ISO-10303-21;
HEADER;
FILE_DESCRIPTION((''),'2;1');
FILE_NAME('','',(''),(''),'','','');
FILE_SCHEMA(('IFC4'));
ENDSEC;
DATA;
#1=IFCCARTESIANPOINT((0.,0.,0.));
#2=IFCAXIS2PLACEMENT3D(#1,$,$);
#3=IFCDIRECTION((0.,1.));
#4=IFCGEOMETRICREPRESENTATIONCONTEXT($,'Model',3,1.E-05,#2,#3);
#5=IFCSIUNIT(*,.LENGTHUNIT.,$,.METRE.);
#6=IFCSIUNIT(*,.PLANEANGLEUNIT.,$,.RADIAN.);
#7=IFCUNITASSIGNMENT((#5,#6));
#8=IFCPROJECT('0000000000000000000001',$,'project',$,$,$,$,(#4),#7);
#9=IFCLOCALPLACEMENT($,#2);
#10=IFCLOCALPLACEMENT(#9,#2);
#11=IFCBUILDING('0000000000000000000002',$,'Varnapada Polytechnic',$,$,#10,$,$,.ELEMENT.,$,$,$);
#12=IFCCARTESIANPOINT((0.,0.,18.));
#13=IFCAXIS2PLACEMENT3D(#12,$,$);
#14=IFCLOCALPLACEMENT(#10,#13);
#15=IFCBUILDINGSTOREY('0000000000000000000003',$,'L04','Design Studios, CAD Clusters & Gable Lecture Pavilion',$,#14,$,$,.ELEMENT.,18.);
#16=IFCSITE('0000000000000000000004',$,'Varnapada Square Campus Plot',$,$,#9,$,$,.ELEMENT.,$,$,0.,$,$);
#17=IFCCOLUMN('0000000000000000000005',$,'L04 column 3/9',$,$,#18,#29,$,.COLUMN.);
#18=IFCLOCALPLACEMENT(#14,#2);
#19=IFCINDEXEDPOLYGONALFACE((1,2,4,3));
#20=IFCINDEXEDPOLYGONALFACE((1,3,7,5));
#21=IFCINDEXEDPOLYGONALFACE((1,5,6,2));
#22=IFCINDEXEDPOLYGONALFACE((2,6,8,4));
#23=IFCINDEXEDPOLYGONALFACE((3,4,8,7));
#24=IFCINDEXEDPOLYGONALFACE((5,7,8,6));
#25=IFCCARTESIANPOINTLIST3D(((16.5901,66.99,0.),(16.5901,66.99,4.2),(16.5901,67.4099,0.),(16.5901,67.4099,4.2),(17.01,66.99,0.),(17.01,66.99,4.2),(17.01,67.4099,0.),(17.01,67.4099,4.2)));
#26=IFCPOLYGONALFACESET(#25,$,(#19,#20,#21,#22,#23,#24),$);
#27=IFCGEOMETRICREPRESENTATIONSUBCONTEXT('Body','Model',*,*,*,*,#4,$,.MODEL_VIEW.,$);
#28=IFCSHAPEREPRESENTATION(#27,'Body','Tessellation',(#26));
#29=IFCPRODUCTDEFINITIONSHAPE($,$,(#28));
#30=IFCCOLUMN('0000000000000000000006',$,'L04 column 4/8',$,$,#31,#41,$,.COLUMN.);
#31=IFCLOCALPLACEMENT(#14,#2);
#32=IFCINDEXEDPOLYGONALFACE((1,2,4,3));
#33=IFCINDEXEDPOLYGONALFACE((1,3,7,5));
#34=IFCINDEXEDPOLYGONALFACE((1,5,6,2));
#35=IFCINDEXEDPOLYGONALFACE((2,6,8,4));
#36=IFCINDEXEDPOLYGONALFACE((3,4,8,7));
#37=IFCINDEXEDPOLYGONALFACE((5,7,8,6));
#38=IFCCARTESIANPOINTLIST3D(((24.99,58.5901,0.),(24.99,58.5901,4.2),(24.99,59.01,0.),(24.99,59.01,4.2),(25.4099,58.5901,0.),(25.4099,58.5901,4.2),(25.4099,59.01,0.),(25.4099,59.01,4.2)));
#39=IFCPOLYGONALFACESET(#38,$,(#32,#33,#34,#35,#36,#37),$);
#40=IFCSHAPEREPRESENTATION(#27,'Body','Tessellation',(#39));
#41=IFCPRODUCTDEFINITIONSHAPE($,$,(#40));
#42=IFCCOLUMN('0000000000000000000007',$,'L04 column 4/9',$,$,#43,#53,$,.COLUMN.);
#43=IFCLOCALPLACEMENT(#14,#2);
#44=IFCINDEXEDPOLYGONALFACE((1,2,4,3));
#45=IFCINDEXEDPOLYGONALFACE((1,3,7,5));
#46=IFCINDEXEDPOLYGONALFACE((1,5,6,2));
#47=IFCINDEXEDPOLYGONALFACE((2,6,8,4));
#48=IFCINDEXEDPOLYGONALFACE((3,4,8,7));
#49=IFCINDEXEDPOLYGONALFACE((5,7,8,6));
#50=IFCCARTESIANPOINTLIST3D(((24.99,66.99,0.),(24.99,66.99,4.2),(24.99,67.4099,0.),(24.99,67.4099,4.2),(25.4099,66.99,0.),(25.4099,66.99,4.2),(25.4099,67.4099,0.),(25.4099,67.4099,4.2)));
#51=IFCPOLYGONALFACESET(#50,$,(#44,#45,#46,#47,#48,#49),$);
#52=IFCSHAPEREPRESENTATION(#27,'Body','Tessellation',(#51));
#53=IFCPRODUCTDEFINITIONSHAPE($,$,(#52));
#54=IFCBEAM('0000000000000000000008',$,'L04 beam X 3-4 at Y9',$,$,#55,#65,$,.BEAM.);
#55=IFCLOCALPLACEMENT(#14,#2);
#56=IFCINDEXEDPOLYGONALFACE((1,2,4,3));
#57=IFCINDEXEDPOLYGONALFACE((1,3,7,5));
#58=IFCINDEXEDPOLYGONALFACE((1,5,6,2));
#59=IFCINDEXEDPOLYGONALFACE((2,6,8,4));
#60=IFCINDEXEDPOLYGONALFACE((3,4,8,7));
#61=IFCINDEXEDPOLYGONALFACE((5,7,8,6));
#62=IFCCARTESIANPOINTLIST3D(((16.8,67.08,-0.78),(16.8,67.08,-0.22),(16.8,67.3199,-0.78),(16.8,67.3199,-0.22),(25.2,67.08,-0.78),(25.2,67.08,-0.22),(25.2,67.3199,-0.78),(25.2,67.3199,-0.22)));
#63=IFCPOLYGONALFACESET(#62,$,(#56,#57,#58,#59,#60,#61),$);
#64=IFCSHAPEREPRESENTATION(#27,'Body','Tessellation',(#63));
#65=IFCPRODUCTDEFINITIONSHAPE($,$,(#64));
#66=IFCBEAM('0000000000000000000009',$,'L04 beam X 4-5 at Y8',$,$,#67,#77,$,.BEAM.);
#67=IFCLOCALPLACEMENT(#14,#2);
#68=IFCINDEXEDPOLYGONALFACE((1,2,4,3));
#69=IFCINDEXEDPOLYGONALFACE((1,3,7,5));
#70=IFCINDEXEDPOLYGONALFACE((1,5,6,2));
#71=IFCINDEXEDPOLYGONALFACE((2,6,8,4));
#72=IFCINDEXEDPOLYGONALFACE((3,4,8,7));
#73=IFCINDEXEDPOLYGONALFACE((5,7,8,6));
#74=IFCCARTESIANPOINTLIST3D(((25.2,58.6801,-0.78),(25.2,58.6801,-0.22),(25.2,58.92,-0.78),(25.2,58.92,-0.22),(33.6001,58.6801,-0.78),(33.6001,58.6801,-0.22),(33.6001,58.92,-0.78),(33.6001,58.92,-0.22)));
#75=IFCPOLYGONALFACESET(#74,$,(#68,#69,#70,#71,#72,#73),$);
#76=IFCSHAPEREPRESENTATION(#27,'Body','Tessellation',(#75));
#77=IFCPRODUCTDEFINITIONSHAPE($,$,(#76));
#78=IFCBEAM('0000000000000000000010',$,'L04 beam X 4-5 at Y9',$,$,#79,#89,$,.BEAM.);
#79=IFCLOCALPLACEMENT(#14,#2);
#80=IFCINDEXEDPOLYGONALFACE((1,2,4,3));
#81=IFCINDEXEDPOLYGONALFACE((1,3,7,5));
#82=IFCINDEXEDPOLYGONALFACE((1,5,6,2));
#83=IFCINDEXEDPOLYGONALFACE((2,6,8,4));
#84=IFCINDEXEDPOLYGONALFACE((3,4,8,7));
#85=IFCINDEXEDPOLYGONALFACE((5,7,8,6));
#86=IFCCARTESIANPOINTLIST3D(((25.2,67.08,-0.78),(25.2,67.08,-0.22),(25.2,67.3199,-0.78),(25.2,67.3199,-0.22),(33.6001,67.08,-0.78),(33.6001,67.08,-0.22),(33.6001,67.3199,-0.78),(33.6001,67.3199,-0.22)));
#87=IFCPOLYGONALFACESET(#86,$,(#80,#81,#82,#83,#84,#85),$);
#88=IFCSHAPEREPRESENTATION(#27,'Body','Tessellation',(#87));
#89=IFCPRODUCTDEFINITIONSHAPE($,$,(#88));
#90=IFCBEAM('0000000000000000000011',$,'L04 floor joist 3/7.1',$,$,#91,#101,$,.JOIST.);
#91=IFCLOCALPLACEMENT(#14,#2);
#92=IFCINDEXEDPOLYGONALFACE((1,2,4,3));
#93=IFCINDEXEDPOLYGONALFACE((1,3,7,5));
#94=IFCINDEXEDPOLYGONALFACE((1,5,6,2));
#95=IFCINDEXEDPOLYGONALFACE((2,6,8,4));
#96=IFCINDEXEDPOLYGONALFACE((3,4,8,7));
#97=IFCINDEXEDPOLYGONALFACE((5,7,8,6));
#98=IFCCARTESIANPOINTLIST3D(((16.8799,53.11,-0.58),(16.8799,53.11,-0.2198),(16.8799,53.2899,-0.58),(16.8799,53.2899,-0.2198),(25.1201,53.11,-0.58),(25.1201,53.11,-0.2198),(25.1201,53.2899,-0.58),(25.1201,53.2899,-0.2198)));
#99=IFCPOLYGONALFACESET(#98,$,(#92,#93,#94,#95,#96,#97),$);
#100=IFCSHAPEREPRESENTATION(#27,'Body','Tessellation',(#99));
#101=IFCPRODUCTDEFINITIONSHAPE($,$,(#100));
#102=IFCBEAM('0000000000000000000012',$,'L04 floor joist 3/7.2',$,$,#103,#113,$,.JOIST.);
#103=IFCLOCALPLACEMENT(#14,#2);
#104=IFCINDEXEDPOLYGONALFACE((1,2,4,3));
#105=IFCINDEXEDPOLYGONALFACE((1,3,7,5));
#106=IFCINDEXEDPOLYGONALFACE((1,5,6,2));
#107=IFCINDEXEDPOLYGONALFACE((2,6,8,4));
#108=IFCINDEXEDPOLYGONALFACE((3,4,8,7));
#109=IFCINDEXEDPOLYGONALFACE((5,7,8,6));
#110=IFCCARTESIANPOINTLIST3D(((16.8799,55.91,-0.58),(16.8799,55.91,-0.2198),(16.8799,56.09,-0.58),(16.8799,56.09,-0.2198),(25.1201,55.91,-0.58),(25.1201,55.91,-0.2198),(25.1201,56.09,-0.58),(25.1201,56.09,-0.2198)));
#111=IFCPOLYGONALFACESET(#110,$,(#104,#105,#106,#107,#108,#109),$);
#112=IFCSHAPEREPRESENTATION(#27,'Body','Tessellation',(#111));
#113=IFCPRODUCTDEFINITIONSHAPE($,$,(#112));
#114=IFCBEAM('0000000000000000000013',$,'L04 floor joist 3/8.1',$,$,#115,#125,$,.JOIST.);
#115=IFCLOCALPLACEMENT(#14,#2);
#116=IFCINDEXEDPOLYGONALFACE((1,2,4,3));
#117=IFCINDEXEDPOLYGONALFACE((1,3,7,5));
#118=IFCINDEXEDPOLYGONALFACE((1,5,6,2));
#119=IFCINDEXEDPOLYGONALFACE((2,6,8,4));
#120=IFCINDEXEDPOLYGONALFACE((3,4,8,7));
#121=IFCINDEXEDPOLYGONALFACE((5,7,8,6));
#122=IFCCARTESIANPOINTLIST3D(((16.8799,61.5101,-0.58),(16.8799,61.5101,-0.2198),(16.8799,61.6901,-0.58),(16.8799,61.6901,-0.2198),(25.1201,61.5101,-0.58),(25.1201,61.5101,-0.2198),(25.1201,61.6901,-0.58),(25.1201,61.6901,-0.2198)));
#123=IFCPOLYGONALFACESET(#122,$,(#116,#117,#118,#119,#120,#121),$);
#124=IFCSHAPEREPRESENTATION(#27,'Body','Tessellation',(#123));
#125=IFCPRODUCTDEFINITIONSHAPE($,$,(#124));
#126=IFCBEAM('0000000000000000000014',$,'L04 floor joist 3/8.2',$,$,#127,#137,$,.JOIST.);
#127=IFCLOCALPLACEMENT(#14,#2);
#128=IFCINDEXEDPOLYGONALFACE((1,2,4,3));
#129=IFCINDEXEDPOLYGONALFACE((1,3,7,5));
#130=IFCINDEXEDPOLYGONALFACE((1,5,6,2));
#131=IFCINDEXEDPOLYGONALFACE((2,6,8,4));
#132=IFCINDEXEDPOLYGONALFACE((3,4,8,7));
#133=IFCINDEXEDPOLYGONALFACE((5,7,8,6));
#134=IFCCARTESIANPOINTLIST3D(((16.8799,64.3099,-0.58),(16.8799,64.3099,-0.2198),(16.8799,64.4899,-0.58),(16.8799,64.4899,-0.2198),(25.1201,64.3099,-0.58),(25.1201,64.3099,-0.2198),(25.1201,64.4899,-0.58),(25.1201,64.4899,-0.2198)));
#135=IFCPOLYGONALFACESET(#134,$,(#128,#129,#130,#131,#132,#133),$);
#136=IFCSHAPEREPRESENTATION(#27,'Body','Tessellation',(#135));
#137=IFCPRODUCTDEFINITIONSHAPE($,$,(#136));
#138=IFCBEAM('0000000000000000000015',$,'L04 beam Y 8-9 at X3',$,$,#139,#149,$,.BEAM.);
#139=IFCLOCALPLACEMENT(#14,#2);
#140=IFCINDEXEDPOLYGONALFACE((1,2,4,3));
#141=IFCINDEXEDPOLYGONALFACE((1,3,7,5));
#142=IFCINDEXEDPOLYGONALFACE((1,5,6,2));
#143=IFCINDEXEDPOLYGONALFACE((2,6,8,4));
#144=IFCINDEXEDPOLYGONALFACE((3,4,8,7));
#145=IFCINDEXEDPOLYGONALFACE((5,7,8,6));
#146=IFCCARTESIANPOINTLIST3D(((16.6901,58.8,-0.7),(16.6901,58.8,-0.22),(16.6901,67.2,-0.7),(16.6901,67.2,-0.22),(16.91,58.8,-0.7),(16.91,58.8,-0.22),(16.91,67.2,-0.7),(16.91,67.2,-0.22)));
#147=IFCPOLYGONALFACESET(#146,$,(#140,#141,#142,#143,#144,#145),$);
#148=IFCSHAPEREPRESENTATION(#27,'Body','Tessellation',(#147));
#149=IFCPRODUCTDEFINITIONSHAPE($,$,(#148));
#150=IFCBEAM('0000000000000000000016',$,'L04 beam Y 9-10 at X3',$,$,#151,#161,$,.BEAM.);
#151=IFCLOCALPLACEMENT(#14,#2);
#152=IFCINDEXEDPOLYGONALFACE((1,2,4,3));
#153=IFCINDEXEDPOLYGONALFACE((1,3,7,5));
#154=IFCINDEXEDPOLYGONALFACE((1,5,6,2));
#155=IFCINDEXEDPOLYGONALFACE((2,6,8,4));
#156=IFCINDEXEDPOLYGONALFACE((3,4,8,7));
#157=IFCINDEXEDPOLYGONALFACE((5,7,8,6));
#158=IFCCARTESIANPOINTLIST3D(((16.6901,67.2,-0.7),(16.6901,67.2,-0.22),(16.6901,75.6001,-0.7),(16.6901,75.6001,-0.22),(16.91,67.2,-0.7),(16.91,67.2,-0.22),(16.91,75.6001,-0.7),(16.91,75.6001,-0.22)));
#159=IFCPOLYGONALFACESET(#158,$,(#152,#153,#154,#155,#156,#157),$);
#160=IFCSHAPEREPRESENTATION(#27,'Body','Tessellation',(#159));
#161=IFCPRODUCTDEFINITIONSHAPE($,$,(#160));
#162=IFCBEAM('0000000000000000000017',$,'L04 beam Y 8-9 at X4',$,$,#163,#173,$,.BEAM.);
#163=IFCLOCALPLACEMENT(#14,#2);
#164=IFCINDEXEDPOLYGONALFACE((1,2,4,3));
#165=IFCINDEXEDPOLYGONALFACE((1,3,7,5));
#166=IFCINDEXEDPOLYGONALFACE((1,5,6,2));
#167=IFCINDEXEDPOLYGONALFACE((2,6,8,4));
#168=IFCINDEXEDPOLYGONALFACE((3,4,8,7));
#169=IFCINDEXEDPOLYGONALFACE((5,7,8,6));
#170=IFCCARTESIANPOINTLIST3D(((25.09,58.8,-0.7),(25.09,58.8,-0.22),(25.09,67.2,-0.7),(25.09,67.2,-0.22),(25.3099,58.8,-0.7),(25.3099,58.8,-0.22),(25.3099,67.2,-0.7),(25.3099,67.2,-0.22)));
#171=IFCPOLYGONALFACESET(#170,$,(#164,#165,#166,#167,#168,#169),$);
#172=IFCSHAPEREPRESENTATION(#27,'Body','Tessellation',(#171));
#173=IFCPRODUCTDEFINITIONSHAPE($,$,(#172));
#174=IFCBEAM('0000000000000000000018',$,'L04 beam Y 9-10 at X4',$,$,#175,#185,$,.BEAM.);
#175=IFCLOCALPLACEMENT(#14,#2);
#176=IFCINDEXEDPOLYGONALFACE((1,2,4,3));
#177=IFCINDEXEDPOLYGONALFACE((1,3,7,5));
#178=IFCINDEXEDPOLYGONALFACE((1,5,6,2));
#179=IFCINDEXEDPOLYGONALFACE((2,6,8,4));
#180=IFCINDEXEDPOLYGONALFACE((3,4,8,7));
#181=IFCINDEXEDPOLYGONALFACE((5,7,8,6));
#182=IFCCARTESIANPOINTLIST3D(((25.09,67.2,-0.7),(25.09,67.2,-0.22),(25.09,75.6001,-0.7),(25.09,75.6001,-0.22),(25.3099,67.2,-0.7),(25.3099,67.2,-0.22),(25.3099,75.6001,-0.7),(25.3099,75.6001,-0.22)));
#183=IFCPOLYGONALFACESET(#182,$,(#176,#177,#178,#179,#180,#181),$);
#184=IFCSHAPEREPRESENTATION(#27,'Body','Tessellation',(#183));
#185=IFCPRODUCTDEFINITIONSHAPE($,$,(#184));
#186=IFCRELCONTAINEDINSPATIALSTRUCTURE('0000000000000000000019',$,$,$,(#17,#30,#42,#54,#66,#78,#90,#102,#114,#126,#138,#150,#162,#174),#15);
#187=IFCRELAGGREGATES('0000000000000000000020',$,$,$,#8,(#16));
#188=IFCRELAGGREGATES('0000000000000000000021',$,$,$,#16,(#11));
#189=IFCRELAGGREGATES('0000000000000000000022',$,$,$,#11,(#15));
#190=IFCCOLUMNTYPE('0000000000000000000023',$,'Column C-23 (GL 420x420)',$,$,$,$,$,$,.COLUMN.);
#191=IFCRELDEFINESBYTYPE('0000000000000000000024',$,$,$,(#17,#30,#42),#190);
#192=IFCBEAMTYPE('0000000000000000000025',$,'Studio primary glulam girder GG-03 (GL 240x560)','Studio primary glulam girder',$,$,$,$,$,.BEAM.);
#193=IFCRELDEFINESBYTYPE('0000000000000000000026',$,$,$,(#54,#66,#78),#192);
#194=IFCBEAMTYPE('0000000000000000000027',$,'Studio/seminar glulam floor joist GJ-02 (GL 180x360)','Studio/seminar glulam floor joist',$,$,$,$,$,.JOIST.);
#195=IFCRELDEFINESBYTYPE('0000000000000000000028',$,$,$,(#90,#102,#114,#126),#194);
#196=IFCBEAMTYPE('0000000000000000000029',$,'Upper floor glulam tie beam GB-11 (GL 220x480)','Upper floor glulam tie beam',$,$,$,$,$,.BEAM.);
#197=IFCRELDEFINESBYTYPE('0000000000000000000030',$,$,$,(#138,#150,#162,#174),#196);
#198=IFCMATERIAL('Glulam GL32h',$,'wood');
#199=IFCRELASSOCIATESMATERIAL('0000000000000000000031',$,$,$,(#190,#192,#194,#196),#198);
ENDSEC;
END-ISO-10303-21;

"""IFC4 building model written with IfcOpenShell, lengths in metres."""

from ifc_helpers import new_model, si_unit, direction, frame, origin, origin_2d, place, context, subcontext, project, spatial, rectangle, extrude, material, material_profile, profile_set, type_object, element, save


model = new_model("IFC4")

# Units and contexts
model_context = context("Model", 3, precision=1e-05, world=origin(), true_north=direction((0.0, 1.0)))
body_context = subcontext(model_context, "Body", "Model", "MODEL_VIEW")
ifc_project = project(units=[si_unit("LENGTHUNIT", "METRE"), si_unit("PLANEANGLEUNIT", "RADIAN")], contexts=[model_context])

# Site, building, storey
site_placement = place(None, origin())
site = spatial("IfcSite", under=ifc_project, at=site_placement, Name="Varnapada Square Campus Plot", CompositionType="ELEMENT", RefElevation=0.0)
building_placement = place(site_placement, origin())
building = spatial("IfcBuilding", under=site, at=building_placement, Name="Varnapada Polytechnic", CompositionType="ELEMENT")
storey_placement = place(building_placement, frame((0.0, 0.0, 18.0)))
storey = spatial("IfcBuildingStorey", under=building, at=storey_placement, Name="L04", Description="Design Studios, CAD Clusters & Gable Lecture Pavilion", CompositionType="ELEMENT", Elevation=18.0)

# Columns
ifc_material_1 = material(Name="Glulam GL32h", Category="wood")
ifc_material_profile_1 = material_profile(ifc_material_1, rectangle(XDim=0.4199, YDim=0.4199, at=origin_2d()), Name="GL 420x420")
ifc_profile_set_1 = profile_set([ifc_material_profile_1], Name="Glulam GL32h")
column_type = type_object("IfcColumnType", Name="Column C-23 (GL 420x420)", PredefinedType="COLUMN", material=ifc_profile_set_1)
for number, where, z_axis, x_axis, name in (
    (1, (16.8, 67.2, 0.0), (0.0, 0.0, 1.0), (1.0, 0.0, 0.0), "L04 column 3/9"),
    (2, (25.2, 58.8, 0.0), (0.0, 0.0, 1.0), (1.0, 0.0, 0.0), "L04 column 4/8"),
    (3, (25.2, 67.2, 0.0), (0.0, 0.0, 1.0), (1.0, 0.0, 0.0), "L04 column 4/9"),
):
    element("IfcColumn", number, at=place(storey_placement, frame(where, z_axis=z_axis, x_axis=x_axis)), inside=storey, type_object=column_type, Name=name, PredefinedType="COLUMN", context=body_context, shape_type="SweptSolid", body=[
        extrude(rectangle(XDim=0.4199, YDim=0.4199, at=origin_2d()), origin(), (0.0, 0.0, 1.0), 4.2),
    ])

# Beams
ifc_material_profile_2 = material_profile(ifc_material_1, rectangle(XDim=0.24, YDim=0.5601, at=origin_2d()), Name="GL 240x560")
ifc_profile_set_2 = profile_set([ifc_material_profile_2], Name="Glulam GL32h")
beam_type_1 = type_object("IfcBeamType", Name="Studio primary glulam girder GG-03 (GL 240x560)", Description="Studio primary glulam girder", PredefinedType="BEAM", material=ifc_profile_set_2)
beam_1_placement = place(storey_placement, frame((16.8, 67.2, -0.5), z_axis=(1.0, 0.0, 0.0), x_axis=(0.0, 1.0, 0.0)))
element("IfcBeam", 4, at=beam_1_placement, inside=storey, type_object=beam_type_1, Name="L04 beam X 3-4 at Y9", PredefinedType="BEAM", context=body_context, shape_type="SweptSolid", body=[
    extrude(rectangle(XDim=0.24, YDim=0.5601, at=origin_2d()), origin(), (0.0, 0.0, 1.0), 8.3999),
])
for number, where, z_axis, x_axis, name in (
    (5, (25.2, 58.8, -0.5), (1.0, 0.0, 0.0), (0.0, 1.0, 0.0), "L04 beam X 4-5 at Y8"),
    (6, (25.2, 67.2, -0.5), (1.0, 0.0, 0.0), (0.0, 1.0, 0.0), "L04 beam X 4-5 at Y9"),
):
    element("IfcBeam", number, at=place(storey_placement, frame(where, z_axis=z_axis, x_axis=x_axis)), inside=storey, type_object=beam_type_1, Name=name, PredefinedType="BEAM", context=body_context, shape_type="SweptSolid", body=[
        extrude(rectangle(XDim=0.24, YDim=0.5601, at=origin_2d()), origin(), (0.0, 0.0, 1.0), 8.4001),
    ])
ifc_material_profile_3 = material_profile(ifc_material_1, rectangle(XDim=0.1799, YDim=0.3601, at=origin_2d()), Name="GL 180x360")
ifc_profile_set_3 = profile_set([ifc_material_profile_3], Name="Glulam GL32h")
beam_type_2 = type_object("IfcBeamType", Name="Studio/seminar glulam floor joist GJ-02 (GL 180x360)", Description="Studio/seminar glulam floor joist", PredefinedType="JOIST", material=ifc_profile_set_3)
for number, where, z_axis, x_axis, name in (
    (7, (16.8799, 53.2, -0.3999), (1.0, 0.0, 0.0), (0.0, 1.0, 0.0), "L04 floor joist 3/7.1"),
    (8, (16.8799, 56.0, -0.3999), (1.0, 0.0, 0.0), (0.0, 1.0, 0.0), "L04 floor joist 3/7.2"),
    (9, (16.8799, 61.6001, -0.3999), (1.0, 0.0, 0.0), (0.0, 1.0, 0.0), "L04 floor joist 3/8.1"),
    (10, (16.8799, 64.3999, -0.3999), (1.0, 0.0, 0.0), (0.0, 1.0, 0.0), "L04 floor joist 3/8.2"),
):
    element("IfcBeam", number, at=place(storey_placement, frame(where, z_axis=z_axis, x_axis=x_axis)), inside=storey, type_object=beam_type_2, Name=name, PredefinedType="JOIST", context=body_context, shape_type="SweptSolid", body=[
        extrude(rectangle(XDim=0.1799, YDim=0.3601, at=origin_2d()), origin(), (0.0, 0.0, 1.0), 8.2402),
    ])
ifc_material_profile_4 = material_profile(ifc_material_1, rectangle(XDim=0.22, YDim=0.48, at=origin_2d()), Name="GL 220x480")
ifc_profile_set_4 = profile_set([ifc_material_profile_4], Name="Glulam GL32h")
beam_type_3 = type_object("IfcBeamType", Name="Upper floor glulam tie beam GB-11 (GL 220x480)", Description="Upper floor glulam tie beam", PredefinedType="BEAM", material=ifc_profile_set_4)
beam_2_placement = place(storey_placement, frame((16.8, 58.8, -0.46), z_axis=(0.0, 1.0, 0.0), x_axis=(-1.0, 0.0, 0.0)))
element("IfcBeam", 11, at=beam_2_placement, inside=storey, type_object=beam_type_3, Name="L04 beam Y 8-9 at X3", PredefinedType="BEAM", context=body_context, shape_type="SweptSolid", body=[
    extrude(rectangle(XDim=0.22, YDim=0.48, at=origin_2d()), origin(), (0.0, 0.0, 1.0), 8.3999),
])
beam_3_placement = place(storey_placement, frame((16.8, 67.2, -0.46), z_axis=(0.0, 1.0, 0.0), x_axis=(-1.0, 0.0, 0.0)))
element("IfcBeam", 12, at=beam_3_placement, inside=storey, type_object=beam_type_3, Name="L04 beam Y 9-10 at X3", PredefinedType="BEAM", context=body_context, shape_type="SweptSolid", body=[
    extrude(rectangle(XDim=0.22, YDim=0.48, at=origin_2d()), origin(), (0.0, 0.0, 1.0), 8.4001),
])
beam_4_placement = place(storey_placement, frame((25.2, 58.8, -0.46), z_axis=(0.0, 1.0, 0.0), x_axis=(-1.0, 0.0, 0.0)))
element("IfcBeam", 13, at=beam_4_placement, inside=storey, type_object=beam_type_3, Name="L04 beam Y 8-9 at X4", PredefinedType="BEAM", context=body_context, shape_type="SweptSolid", body=[
    extrude(rectangle(XDim=0.22, YDim=0.48, at=origin_2d()), origin(), (0.0, 0.0, 1.0), 8.3999),
])
beam_5_placement = place(storey_placement, frame((25.2, 67.2, -0.46), z_axis=(0.0, 1.0, 0.0), x_axis=(-1.0, 0.0, 0.0)))
element("IfcBeam", 14, at=beam_5_placement, inside=storey, type_object=beam_type_3, Name="L04 beam Y 9-10 at X4", PredefinedType="BEAM", context=body_context, shape_type="SweptSolid", body=[
    extrude(rectangle(XDim=0.22, YDim=0.48, at=origin_2d()), origin(), (0.0, 0.0, 1.0), 8.4001),
])

save(model, "model.ifc")
